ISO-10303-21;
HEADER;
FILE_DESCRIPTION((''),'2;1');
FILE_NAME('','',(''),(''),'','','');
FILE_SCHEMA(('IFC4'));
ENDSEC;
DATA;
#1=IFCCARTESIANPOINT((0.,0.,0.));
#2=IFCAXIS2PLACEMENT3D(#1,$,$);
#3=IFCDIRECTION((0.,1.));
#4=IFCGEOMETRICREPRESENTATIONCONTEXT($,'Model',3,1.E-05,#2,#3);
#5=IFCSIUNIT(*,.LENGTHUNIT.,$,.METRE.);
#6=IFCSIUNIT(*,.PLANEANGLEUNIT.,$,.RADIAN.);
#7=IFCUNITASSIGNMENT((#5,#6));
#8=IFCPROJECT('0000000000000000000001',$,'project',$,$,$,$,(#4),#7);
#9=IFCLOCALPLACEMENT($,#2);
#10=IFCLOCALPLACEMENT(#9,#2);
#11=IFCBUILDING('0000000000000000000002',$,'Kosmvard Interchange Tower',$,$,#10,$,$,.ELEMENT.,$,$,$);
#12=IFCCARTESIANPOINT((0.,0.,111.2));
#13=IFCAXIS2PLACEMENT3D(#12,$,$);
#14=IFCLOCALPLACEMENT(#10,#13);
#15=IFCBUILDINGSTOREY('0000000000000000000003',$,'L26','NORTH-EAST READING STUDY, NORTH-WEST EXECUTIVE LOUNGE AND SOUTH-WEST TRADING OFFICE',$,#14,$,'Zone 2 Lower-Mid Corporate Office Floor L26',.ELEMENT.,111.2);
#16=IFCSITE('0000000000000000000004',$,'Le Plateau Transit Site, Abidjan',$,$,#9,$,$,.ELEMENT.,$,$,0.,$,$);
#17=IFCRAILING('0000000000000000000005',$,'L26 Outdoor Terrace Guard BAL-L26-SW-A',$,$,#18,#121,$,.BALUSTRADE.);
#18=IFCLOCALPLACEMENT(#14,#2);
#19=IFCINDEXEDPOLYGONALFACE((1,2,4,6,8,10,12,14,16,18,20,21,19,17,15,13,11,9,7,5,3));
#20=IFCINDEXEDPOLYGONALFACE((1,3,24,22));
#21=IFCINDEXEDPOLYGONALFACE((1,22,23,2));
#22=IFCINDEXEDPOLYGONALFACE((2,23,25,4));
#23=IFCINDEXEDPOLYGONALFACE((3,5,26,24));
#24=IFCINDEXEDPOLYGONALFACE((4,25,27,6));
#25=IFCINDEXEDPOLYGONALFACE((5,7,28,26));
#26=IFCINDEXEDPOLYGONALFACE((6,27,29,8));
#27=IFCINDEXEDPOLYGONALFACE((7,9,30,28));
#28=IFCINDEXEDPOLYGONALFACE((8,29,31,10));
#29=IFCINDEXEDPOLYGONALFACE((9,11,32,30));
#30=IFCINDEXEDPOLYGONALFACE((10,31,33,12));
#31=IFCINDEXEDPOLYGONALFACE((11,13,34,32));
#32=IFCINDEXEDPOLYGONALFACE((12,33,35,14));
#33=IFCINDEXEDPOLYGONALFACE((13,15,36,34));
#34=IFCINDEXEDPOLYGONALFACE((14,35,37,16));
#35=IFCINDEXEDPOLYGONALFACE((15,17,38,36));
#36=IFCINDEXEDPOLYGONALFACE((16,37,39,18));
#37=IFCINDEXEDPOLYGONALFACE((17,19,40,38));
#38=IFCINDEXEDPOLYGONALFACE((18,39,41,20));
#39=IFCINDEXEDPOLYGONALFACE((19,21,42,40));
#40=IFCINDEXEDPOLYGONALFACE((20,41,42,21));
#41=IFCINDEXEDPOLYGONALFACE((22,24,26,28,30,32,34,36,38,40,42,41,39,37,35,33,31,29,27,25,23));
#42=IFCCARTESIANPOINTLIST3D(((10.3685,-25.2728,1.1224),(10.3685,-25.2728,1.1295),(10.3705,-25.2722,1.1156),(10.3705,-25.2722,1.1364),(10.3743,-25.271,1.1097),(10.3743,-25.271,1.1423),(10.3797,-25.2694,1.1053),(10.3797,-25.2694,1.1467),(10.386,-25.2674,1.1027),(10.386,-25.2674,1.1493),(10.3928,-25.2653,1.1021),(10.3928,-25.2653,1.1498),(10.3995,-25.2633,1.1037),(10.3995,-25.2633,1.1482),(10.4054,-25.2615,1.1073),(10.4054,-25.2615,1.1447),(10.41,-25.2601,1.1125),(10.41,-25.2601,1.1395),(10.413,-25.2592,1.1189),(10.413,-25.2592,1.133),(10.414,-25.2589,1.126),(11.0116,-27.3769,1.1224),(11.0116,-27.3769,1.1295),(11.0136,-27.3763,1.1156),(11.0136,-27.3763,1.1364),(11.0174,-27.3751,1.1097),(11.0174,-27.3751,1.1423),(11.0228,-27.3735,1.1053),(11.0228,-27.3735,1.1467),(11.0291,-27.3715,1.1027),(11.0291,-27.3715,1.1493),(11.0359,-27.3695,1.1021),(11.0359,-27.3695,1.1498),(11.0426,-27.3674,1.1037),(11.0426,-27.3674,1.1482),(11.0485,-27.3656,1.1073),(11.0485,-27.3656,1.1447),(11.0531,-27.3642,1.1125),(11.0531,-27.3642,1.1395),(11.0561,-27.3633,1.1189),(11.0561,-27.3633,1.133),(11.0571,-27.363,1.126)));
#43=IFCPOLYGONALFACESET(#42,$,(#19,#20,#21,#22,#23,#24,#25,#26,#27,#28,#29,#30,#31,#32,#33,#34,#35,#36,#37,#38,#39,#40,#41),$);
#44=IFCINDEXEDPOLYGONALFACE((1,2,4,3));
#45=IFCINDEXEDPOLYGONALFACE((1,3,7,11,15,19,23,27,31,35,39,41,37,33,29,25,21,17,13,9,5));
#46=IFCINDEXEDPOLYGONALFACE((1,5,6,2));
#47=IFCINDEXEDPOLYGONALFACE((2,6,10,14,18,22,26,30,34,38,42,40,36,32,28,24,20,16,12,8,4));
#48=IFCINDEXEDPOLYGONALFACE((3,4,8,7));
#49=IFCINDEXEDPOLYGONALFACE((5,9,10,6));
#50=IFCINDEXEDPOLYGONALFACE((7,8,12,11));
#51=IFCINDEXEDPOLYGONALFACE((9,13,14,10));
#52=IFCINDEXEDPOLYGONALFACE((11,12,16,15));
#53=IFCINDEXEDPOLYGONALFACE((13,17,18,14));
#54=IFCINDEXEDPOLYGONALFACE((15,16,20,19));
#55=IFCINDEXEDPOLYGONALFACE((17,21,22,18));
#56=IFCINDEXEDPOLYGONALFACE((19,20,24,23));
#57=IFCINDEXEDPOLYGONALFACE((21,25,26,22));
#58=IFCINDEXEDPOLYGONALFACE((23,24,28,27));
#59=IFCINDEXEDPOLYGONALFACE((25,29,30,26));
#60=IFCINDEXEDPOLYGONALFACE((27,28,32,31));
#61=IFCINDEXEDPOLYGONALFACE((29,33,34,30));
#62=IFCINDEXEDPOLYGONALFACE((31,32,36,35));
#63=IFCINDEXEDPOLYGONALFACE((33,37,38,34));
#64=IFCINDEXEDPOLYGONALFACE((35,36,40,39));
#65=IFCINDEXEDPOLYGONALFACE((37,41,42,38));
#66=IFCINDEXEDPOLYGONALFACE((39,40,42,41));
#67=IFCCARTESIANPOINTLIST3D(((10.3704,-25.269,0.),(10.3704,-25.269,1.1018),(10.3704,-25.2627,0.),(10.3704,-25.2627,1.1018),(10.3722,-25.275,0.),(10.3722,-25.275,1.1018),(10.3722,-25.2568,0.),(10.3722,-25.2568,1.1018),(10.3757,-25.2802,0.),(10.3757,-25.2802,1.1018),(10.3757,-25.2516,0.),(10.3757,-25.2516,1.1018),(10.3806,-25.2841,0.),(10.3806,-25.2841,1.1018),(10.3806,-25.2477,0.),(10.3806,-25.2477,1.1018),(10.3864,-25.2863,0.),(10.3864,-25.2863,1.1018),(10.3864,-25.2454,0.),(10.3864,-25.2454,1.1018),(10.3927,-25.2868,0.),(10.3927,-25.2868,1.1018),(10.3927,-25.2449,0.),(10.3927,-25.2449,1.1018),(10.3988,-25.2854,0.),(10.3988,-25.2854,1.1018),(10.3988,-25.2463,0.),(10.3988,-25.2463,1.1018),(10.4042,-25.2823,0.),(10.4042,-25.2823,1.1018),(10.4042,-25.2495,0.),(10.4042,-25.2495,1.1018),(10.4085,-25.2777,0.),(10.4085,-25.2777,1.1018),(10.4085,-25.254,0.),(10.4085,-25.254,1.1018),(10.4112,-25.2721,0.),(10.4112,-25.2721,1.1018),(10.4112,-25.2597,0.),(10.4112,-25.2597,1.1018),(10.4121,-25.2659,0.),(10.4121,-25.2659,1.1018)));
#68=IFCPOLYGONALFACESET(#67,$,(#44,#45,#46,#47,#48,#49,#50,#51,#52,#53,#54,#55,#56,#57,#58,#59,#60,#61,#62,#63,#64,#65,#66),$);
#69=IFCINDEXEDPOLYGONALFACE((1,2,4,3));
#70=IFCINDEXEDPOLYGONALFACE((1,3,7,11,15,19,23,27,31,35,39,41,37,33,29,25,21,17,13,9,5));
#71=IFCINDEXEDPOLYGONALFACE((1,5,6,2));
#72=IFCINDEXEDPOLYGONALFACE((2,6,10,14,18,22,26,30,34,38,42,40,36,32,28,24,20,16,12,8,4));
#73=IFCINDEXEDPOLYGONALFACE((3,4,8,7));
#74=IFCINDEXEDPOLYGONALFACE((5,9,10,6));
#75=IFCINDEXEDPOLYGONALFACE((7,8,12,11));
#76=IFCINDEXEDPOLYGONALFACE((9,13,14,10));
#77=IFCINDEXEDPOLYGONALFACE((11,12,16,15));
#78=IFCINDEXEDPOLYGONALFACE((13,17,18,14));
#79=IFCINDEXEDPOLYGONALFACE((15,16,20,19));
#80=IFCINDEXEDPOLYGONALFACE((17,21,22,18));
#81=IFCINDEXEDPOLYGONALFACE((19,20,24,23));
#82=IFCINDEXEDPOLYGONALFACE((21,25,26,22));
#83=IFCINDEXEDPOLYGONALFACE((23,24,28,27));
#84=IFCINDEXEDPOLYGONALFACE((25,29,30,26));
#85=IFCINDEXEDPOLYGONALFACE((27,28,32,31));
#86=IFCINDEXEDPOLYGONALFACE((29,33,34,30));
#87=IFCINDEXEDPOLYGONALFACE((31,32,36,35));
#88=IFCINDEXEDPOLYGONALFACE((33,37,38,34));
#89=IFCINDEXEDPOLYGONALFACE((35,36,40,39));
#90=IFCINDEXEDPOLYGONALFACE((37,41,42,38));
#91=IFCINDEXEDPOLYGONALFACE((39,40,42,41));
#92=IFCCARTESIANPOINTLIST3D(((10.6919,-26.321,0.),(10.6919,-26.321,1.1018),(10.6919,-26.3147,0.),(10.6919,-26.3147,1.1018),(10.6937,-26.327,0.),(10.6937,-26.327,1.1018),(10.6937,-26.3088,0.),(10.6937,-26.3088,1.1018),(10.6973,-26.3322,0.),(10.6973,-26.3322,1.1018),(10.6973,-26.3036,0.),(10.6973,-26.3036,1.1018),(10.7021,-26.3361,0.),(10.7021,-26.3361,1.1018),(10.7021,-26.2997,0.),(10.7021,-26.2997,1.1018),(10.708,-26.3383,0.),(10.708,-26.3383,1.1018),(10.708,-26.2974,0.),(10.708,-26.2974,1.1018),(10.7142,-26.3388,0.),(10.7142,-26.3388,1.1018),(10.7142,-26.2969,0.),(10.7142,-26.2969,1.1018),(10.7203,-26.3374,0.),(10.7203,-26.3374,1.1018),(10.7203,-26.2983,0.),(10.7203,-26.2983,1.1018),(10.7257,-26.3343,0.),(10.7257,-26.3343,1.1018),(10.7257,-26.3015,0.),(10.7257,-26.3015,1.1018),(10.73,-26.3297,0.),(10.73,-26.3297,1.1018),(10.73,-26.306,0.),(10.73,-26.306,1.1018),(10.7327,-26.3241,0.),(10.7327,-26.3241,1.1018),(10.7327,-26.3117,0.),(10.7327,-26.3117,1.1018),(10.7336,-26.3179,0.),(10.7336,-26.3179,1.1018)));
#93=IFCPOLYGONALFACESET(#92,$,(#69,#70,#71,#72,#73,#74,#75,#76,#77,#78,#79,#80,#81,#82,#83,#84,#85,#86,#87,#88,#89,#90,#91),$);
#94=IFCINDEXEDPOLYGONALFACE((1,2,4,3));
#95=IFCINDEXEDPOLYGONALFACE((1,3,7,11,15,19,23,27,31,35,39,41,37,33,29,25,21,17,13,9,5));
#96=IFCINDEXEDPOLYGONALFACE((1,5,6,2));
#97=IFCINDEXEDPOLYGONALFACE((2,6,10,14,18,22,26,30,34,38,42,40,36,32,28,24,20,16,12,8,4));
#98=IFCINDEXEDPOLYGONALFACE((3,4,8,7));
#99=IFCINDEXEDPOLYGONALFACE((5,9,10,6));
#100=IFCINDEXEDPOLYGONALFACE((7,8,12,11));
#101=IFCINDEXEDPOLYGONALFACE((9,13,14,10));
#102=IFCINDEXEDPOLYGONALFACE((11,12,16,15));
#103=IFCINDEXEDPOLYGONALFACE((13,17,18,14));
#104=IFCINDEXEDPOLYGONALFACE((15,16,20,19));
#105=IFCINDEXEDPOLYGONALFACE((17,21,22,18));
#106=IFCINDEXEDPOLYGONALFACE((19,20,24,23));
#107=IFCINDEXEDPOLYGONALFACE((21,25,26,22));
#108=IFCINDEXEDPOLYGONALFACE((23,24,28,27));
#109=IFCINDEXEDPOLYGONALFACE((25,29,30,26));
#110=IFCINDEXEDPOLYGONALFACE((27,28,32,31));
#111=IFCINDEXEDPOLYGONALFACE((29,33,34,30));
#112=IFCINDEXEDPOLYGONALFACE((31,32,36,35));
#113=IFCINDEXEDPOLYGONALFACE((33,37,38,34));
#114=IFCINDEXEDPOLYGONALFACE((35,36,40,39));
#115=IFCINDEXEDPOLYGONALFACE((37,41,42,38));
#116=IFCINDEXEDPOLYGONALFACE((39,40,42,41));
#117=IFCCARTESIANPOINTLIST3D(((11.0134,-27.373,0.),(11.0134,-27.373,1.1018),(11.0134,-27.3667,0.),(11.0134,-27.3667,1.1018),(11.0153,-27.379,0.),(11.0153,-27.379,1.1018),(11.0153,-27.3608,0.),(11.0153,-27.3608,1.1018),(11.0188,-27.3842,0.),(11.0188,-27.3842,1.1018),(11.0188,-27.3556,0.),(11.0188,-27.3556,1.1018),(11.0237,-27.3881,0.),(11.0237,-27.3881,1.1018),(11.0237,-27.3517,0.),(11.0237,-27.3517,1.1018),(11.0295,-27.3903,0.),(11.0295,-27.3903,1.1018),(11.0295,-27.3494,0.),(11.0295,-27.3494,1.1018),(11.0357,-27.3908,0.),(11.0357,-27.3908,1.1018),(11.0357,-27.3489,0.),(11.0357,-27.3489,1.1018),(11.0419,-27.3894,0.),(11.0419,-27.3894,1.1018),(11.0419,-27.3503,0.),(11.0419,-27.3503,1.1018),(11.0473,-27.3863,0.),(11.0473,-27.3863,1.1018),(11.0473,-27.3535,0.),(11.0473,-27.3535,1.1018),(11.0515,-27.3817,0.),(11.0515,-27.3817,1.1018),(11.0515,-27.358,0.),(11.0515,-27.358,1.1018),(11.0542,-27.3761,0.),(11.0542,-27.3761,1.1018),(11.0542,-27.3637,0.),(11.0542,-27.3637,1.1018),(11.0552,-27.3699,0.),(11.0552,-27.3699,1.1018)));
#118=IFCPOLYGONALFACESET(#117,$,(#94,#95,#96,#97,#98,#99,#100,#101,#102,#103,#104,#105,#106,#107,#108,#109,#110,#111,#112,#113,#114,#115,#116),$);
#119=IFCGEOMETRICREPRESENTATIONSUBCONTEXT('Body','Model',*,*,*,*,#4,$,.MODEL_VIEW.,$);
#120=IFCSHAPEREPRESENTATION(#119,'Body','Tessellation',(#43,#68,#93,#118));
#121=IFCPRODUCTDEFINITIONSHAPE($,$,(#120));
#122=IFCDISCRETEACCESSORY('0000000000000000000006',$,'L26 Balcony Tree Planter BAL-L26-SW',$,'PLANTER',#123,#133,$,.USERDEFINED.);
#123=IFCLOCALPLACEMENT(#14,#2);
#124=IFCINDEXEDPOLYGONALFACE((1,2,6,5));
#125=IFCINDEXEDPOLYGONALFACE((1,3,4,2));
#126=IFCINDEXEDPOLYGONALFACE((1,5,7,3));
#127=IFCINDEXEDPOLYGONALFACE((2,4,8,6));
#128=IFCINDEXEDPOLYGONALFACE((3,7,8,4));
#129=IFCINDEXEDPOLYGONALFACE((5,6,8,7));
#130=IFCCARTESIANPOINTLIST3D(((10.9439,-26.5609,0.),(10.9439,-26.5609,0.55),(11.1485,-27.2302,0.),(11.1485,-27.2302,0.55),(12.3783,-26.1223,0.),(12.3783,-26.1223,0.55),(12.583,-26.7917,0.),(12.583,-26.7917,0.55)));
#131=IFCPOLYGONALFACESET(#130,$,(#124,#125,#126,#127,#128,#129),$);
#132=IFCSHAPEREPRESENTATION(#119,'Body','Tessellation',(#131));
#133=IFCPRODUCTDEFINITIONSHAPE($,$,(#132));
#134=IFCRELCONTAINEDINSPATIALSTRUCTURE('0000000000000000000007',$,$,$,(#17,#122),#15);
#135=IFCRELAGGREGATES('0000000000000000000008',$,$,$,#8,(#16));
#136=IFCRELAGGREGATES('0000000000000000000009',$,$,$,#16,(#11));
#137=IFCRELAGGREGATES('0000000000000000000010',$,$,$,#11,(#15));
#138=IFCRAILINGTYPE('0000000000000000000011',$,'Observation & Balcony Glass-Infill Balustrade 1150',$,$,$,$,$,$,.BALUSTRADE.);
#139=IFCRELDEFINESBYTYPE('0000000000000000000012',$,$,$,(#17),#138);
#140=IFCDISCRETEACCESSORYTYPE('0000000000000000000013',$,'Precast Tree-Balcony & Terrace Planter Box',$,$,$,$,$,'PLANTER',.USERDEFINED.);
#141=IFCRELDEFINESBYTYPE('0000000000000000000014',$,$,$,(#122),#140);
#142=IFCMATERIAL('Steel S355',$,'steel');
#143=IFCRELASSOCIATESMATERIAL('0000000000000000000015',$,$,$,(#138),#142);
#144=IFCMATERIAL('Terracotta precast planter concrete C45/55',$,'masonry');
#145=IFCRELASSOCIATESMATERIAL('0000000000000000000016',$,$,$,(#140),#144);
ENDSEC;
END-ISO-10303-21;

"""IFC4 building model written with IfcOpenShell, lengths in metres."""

from ifc_helpers import new_model, si_unit, direction, frame, origin, origin_2d, place, context, subcontext, project, spatial, rectangle, circle, extrude, source, transform, mapped, material, type_object, element, save


model = new_model("IFC4")

# Units and contexts
model_context = context("Model", 3, precision=1e-05, world=origin(), true_north=direction((0.0, 1.0)))
body_context = subcontext(model_context, "Body", "Model", "MODEL_VIEW")
ifc_project = project(units=[si_unit("LENGTHUNIT", "METRE"), si_unit("PLANEANGLEUNIT", "RADIAN")], contexts=[model_context])

# Site, building, storey
site_placement = place(None, origin())
site = spatial("IfcSite", under=ifc_project, at=site_placement, Name="Le Plateau Transit Site, Abidjan", CompositionType="ELEMENT", RefElevation=0.0)
building_placement = place(site_placement, origin())
building = spatial("IfcBuilding", under=site, at=building_placement, Name="Kosmvard Interchange Tower", CompositionType="ELEMENT")
storey_placement = place(building_placement, frame((0.0, 0.0, 111.2)))
storey = spatial("IfcBuildingStorey", under=building, at=storey_placement, Name="L26", Description="NORTH-EAST READING STUDY, NORTH-WEST EXECUTIVE LOUNGE AND SOUTH-WEST TRADING OFFICE", LongName="Zone 2 Lower-Mid Corporate Office Floor L26", CompositionType="ELEMENT", Elevation=111.2)

# Shared definitions
ifc_material_1 = material(Name="Steel S355", Category="steel")

# Railing
railing_type = type_object("IfcRailingType", Name="Observation & Balcony Glass-Infill Balustrade 1150", PredefinedType="BALUSTRADE", material=ifc_material_1)
shared_shape_1 = source(origin(), body_context, "Body", "SweptSolid", [
    extrude(circle(Radius=0.0239, at=origin_2d()), frame((0.0, 0.0, 1.126), z_axis=(0.292292, -0.956329, 0.0), x_axis=(0.956329, 0.292292, 0.0)), (0.0, 0.0, 1.0), 2.2002),
    extrude(circle(Radius=0.021, at=origin_2d()), origin(), (0.0, 0.0, 1.0), 1.1018),
    extrude(circle(Radius=0.021, at=origin_2d()), frame((0.3215, -1.052, 0.0)), (0.0, 0.0, 1.0), 1.1018),
    extrude(circle(Radius=0.021, at=origin_2d()), frame((0.6431, -2.104, 0.0)), (0.0, 0.0, 1.0), 1.1018),
])
railing_1_placement = place(storey_placement, frame((10.3911, -25.2659, 0.0)))
element("IfcRailing", 1, at=railing_1_placement, inside=storey, type_object=railing_type, Name="L26 Outdoor Terrace Guard BAL-L26-SW-A", PredefinedType="BALUSTRADE", context=body_context, shape_type="MappedRepresentation", body=[
    mapped(shared_shape_1, transform((0.0, 0.0, 0.0), scale=1.0)),
])

# Discrete accessory
ifc_material_2 = material(Name="Terracotta precast planter concrete C45/55", Category="masonry")
discrete_accessory_type = type_object("IfcDiscreteAccessoryType", Name="Precast Tree-Balcony & Terrace Planter Box", ElementType="PLANTER", PredefinedType="USERDEFINED", material=ifc_material_2)
shared_shape_2 = source(origin(), body_context, "Body", "SweptSolid", [
    extrude(rectangle(XDim=1.5, YDim=0.7, at=origin_2d()), origin(), (0.0, 0.0, 1.0), 0.55),
])
discrete_accessory_placement = place(storey_placement, frame((11.7634, -26.6763, 0.0), z_axis=(0.0, 0.0, 1.0), x_axis=(0.956305, 0.292372, 0.0)))
element("IfcDiscreteAccessory", 2, at=discrete_accessory_placement, inside=storey, type_object=discrete_accessory_type, Name="L26 Balcony Tree Planter BAL-L26-SW", ObjectType="PLANTER", PredefinedType="USERDEFINED", context=body_context, shape_type="MappedRepresentation", body=[
    mapped(shared_shape_2, transform((0.0, 0.0, 0.0), scale=1.0)),
])

save(model, "model.ifc")
